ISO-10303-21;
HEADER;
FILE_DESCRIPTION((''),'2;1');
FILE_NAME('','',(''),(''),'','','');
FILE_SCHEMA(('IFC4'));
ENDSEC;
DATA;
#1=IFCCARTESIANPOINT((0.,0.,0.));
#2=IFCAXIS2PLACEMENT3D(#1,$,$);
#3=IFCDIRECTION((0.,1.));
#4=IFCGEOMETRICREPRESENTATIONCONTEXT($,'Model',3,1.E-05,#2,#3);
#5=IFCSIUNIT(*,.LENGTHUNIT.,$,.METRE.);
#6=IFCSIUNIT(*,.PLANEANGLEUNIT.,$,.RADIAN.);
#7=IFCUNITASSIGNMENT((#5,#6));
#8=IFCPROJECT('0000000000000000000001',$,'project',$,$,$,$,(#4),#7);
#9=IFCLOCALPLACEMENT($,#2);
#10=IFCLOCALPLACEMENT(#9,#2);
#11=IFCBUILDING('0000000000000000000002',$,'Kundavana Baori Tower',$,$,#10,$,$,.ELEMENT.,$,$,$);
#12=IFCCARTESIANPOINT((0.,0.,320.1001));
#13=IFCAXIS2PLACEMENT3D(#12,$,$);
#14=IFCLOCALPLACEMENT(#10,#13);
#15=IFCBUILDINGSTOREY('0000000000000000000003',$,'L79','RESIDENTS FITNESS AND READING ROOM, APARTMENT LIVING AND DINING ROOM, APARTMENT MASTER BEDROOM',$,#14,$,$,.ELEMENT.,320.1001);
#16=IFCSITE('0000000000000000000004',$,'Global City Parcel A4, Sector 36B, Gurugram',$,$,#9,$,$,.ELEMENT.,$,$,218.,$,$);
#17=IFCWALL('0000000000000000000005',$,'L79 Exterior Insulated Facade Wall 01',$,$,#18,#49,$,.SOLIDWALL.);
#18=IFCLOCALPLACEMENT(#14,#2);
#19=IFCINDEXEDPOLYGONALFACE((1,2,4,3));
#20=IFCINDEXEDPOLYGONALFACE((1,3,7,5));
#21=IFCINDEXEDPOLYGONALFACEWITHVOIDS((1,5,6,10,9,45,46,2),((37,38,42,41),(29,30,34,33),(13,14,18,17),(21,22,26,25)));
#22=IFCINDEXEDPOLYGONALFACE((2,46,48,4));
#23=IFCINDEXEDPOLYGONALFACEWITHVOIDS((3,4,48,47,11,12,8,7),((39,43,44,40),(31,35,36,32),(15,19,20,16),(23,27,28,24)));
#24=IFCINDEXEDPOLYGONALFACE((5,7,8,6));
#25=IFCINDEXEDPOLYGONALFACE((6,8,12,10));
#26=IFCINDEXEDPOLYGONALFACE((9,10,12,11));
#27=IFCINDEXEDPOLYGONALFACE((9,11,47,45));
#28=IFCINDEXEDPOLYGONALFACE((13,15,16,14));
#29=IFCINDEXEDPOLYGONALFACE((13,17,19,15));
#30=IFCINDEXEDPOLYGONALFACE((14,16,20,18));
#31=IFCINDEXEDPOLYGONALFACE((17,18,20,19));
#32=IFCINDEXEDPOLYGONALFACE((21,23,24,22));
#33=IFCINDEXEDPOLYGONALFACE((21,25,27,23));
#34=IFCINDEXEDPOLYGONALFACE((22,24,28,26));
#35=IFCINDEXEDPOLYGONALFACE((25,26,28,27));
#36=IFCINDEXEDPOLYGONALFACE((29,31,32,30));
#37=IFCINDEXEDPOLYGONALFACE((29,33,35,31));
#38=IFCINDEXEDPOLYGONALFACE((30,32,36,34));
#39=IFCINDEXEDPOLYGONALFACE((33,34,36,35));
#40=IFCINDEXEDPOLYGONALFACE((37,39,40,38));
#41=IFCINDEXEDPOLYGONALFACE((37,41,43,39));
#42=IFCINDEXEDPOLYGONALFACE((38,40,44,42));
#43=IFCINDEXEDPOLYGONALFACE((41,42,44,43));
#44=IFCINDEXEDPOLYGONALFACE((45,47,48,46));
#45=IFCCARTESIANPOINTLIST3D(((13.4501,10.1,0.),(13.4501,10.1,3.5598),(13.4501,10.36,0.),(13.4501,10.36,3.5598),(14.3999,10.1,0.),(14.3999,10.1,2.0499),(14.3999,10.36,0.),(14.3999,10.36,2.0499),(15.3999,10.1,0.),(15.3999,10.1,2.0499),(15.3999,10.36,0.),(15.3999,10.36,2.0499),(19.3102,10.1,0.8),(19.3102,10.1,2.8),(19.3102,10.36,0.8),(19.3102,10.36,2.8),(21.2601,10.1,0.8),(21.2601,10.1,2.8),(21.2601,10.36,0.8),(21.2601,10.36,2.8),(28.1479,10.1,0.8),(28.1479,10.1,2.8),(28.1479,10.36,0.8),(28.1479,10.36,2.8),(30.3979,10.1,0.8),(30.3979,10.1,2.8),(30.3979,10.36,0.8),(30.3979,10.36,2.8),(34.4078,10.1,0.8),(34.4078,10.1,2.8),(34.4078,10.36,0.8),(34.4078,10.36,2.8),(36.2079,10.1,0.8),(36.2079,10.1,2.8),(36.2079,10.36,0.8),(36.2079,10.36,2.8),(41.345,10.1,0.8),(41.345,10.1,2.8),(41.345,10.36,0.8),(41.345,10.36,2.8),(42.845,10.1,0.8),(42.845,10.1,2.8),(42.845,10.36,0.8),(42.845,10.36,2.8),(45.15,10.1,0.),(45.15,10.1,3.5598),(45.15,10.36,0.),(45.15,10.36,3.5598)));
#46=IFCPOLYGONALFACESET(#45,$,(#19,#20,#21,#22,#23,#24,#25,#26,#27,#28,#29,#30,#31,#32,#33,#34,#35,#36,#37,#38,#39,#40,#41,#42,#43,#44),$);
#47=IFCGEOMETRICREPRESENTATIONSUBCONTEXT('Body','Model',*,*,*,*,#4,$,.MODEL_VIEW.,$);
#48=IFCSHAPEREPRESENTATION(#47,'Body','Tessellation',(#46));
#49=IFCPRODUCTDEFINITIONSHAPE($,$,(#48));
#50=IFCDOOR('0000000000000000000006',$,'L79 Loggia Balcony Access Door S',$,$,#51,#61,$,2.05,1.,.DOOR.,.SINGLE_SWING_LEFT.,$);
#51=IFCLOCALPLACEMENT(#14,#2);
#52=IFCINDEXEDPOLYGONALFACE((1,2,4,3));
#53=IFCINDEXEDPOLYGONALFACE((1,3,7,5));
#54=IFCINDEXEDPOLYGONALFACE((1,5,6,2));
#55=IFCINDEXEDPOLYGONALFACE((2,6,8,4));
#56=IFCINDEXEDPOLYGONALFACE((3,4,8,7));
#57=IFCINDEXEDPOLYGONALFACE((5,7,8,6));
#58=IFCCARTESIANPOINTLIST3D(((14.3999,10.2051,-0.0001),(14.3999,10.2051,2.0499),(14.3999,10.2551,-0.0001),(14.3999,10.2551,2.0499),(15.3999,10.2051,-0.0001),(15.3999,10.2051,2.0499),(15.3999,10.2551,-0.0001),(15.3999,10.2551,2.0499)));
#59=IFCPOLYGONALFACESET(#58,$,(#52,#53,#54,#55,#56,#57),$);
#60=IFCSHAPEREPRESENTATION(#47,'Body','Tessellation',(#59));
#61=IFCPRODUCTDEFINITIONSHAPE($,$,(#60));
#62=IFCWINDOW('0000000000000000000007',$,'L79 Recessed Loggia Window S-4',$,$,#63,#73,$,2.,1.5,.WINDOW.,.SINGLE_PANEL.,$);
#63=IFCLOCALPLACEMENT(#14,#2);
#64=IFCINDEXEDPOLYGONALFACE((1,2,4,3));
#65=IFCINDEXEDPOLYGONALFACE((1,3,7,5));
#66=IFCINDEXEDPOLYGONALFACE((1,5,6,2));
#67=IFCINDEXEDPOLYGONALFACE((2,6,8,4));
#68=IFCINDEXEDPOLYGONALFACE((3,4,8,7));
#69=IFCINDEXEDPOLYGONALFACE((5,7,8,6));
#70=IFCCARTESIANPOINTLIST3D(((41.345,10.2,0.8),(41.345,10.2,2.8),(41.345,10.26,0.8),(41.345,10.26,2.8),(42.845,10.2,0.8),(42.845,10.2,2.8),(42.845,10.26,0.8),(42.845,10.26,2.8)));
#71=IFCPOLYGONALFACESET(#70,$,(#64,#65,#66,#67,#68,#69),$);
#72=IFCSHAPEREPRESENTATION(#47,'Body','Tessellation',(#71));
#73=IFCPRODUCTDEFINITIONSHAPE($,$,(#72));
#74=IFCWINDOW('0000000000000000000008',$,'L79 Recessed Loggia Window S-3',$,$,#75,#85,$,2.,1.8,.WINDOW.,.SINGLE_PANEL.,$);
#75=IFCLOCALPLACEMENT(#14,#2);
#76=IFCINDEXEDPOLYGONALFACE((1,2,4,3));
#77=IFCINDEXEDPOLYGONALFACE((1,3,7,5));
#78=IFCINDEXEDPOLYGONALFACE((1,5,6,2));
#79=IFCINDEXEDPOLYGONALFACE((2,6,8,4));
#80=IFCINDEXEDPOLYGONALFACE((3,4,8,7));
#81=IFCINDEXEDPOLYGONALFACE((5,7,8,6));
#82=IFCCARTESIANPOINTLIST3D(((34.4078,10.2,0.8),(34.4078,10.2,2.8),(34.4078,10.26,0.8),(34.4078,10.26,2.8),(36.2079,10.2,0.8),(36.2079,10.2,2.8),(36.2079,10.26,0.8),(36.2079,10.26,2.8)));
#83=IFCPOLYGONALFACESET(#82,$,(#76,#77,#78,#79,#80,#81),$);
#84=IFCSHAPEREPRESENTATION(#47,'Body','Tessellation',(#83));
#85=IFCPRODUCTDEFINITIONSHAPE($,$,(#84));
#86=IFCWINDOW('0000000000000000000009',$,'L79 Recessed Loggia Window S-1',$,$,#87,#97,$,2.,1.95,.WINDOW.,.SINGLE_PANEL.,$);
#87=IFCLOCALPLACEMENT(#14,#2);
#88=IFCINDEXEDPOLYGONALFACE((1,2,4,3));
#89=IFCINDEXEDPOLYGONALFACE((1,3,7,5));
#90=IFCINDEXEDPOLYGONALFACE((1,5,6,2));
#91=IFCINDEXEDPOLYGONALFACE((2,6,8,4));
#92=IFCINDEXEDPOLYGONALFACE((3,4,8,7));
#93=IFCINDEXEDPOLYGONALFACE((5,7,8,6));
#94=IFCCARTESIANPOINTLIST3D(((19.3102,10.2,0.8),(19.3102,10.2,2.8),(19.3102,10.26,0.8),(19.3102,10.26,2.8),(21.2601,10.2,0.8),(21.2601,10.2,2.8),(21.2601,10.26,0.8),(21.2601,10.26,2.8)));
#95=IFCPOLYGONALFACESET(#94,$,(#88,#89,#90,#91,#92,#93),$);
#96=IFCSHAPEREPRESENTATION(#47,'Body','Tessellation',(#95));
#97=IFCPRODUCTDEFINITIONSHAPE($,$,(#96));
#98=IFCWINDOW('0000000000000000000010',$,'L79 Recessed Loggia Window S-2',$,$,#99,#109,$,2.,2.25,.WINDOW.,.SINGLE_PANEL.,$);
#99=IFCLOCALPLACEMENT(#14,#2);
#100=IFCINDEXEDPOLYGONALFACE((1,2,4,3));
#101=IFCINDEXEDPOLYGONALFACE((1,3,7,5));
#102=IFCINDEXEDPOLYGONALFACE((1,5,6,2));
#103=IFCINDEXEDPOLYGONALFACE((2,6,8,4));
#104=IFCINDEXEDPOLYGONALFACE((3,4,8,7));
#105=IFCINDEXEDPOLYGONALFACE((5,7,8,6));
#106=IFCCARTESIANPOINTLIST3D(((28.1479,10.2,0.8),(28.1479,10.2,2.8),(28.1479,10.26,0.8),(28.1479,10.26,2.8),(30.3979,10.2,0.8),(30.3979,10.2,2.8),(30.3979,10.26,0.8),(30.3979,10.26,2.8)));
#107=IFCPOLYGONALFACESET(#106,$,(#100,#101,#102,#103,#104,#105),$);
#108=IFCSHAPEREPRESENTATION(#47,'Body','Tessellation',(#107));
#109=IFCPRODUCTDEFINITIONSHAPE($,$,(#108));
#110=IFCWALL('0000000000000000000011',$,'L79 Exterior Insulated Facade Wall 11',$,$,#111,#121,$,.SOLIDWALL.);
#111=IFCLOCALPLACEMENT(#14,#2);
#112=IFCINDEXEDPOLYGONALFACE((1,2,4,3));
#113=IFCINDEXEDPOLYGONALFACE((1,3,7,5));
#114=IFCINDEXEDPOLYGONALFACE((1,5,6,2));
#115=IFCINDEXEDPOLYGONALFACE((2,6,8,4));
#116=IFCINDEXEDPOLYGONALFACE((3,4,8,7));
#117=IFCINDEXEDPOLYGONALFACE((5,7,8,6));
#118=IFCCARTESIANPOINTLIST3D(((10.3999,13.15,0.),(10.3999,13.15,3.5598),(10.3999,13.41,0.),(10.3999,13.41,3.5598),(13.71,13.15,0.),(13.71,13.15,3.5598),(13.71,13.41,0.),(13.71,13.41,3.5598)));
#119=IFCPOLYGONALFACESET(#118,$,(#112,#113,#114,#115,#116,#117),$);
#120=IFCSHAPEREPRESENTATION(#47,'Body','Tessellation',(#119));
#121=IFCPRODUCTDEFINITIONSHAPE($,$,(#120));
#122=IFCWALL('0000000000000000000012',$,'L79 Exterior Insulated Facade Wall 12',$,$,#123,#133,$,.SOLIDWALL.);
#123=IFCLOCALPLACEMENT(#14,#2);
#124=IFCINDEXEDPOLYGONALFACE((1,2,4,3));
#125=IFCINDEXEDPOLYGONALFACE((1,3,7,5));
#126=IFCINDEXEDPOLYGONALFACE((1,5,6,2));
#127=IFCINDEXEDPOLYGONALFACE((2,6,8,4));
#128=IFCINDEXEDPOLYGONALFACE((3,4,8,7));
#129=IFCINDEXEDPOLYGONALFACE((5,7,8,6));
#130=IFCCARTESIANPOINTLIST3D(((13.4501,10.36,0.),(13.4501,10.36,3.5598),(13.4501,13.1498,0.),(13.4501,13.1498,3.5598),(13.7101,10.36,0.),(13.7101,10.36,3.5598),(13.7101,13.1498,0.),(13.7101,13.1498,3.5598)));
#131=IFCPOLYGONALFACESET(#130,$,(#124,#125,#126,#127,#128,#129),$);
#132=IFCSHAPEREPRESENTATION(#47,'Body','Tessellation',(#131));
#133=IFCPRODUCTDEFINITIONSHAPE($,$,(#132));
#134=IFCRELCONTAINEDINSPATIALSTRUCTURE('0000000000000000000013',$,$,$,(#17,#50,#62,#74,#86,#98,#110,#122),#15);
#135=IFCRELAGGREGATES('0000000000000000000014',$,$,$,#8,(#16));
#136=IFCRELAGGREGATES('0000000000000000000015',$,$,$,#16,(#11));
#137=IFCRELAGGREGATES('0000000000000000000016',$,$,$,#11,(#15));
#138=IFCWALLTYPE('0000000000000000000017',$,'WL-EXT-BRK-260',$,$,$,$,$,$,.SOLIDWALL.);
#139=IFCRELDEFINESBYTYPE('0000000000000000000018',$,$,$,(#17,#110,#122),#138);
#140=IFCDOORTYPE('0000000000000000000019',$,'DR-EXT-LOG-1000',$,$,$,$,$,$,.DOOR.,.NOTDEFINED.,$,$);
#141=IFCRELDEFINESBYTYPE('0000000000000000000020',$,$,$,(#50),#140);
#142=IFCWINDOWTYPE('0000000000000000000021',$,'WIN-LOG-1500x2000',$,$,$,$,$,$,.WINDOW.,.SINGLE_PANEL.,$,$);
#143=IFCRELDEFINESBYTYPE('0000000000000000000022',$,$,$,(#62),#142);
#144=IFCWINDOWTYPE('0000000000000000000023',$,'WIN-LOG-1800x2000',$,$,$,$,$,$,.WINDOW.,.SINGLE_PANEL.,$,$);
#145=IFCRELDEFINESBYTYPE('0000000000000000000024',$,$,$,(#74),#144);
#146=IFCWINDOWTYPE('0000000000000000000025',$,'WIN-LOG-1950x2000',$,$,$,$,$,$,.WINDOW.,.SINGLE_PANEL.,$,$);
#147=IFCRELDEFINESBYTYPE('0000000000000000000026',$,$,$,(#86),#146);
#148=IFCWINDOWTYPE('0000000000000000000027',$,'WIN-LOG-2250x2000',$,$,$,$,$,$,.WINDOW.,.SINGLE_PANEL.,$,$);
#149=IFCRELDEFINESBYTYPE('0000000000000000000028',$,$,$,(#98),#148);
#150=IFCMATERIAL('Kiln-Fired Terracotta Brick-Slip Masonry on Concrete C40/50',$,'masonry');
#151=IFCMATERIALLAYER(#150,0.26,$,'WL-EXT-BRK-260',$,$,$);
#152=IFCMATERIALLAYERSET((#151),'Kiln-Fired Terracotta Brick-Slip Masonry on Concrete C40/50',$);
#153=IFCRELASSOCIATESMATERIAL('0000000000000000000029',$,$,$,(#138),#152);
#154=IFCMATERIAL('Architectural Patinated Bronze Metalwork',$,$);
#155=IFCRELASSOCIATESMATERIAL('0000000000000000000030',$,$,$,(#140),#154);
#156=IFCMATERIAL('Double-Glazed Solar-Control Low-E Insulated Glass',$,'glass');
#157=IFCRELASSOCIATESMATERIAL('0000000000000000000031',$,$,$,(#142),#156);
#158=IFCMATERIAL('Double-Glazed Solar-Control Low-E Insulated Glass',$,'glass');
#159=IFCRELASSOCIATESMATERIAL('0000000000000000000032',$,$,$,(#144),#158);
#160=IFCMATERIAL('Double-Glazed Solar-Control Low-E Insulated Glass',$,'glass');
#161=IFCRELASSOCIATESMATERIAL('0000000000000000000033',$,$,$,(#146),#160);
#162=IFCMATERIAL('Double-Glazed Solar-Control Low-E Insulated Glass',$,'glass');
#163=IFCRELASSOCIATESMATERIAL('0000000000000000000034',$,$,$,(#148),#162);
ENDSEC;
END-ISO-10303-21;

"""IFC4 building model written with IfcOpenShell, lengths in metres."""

from ifc_helpers import new_model, si_unit, direction, frame, frame_2d, origin, place, context, subcontext, project, spatial, rectangle, extrude, material, layer, layer_set, type_object, element, fill, save


model = new_model("IFC4")

# Units and contexts
model_context = context("Model", 3, precision=1e-05, world=origin(), true_north=direction((0.0, 1.0)))
body_context = subcontext(model_context, "Body", "Model", "MODEL_VIEW")
ifc_project = project(units=[si_unit("LENGTHUNIT", "METRE"), si_unit("PLANEANGLEUNIT", "RADIAN")], contexts=[model_context])

# Site, building, storey
site_placement = place(None, origin())
site = spatial("IfcSite", under=ifc_project, at=site_placement, Name="Global City Parcel A4, Sector 36B, Gurugram", CompositionType="ELEMENT", RefElevation=218.0)
building_placement = place(site_placement, origin())
building = spatial("IfcBuilding", under=site, at=building_placement, Name="Kundavana Baori Tower", CompositionType="ELEMENT")
storey_placement = place(building_placement, frame((0.0, 0.0, 320.1001)))
storey = spatial("IfcBuildingStorey", under=building, at=storey_placement, Name="L79", Description="RESIDENTS FITNESS AND READING ROOM, APARTMENT LIVING AND DINING ROOM, APARTMENT MASTER BEDROOM", CompositionType="ELEMENT", Elevation=320.1001)

# Wall, openings, door, windows
ifc_material_1 = material(Name="Kiln-Fired Terracotta Brick-Slip Masonry on Concrete C40/50", Category="masonry")
ifc_layer_1 = layer(ifc_material_1, 0.26, Name="WL-EXT-BRK-260")
ifc_layer_set_1 = layer_set([ifc_layer_1], Name="Kiln-Fired Terracotta Brick-Slip Masonry on Concrete C40/50")
wall_type_1 = type_object("IfcWallType", Name="WL-EXT-BRK-260", PredefinedType="SOLIDWALL", material=ifc_layer_set_1)
wall_1_placement = place(storey_placement, frame((13.45, 10.23, 0.0), z_axis=(0.0, 0.0, 1.0), x_axis=(1.0, 0.0, 0.0)))
wall_1 = element("IfcWall", 1, at=wall_1_placement, inside=storey, type_object=wall_type_1, Name="L79 Exterior Insulated Facade Wall 01", PredefinedType="SOLIDWALL", context=body_context, shape_type="SweptSolid", body=[
    extrude(rectangle(XDim=31.7, YDim=0.26, at=frame_2d((15.8501, 0.0))), origin(), (0.0, 0.0, 1.0), 3.5598),
])
opening_1_placement = place(wall_1_placement, frame((0.95, 0.0, 0.0)))
opening_1 = element("IfcOpeningElement", 2, at=opening_1_placement, cuts=wall_1, PredefinedType="OPENING", context=body_context, shape_type="SweptSolid", body=[
    extrude(rectangle(XDim=1.0, YDim=2.05, at=frame_2d((0.5, 1.0249))), frame((0.0, 0.1401, 0.0), z_axis=(0.0, -1.0, 0.0), x_axis=(1.0, 0.0, 0.0)), (0.0, 0.0, 1.0), 0.28),
])
opening_2_placement = place(wall_1_placement, frame((5.8601, 0.0, 0.8)))
opening_2 = element("IfcOpeningElement", 3, at=opening_2_placement, cuts=wall_1, PredefinedType="OPENING", context=body_context, shape_type="SweptSolid", body=[
    extrude(rectangle(XDim=1.95, YDim=2.0, at=frame_2d((0.9751, 1.0))), frame((0.0, 0.1401, 0.0), z_axis=(0.0, -1.0, 0.0), x_axis=(1.0, 0.0, 0.0)), (0.0, 0.0, 1.0), 0.28),
])
opening_3_placement = place(wall_1_placement, frame((14.698, 0.0, 0.8)))
opening_3 = element("IfcOpeningElement", 4, at=opening_3_placement, cuts=wall_1, PredefinedType="OPENING", context=body_context, shape_type="SweptSolid", body=[
    extrude(rectangle(XDim=2.25, YDim=2.0, at=frame_2d((1.125, 1.0))), frame((0.0, 0.1401, 0.0), z_axis=(0.0, -1.0, 0.0), x_axis=(1.0, 0.0, 0.0)), (0.0, 0.0, 1.0), 0.28),
])
opening_4_placement = place(wall_1_placement, frame((20.958, 0.0, 0.8)))
opening_4 = element("IfcOpeningElement", 5, at=opening_4_placement, cuts=wall_1, PredefinedType="OPENING", context=body_context, shape_type="SweptSolid", body=[
    extrude(rectangle(XDim=1.8, YDim=2.0, at=frame_2d((0.8999, 1.0))), frame((0.0, 0.1401, 0.0), z_axis=(0.0, -1.0, 0.0), x_axis=(1.0, 0.0, 0.0)), (0.0, 0.0, 1.0), 0.28),
])
opening_5_placement = place(wall_1_placement, frame((27.895, 0.0, 0.8)))
opening_5 = element("IfcOpeningElement", 6, at=opening_5_placement, cuts=wall_1, PredefinedType="OPENING", context=body_context, shape_type="SweptSolid", body=[
    extrude(rectangle(XDim=1.5, YDim=2.0, at=frame_2d((0.75, 1.0))), frame((0.0, 0.1401, 0.0), z_axis=(0.0, -1.0, 0.0), x_axis=(1.0, 0.0, 0.0)), (0.0, 0.0, 1.0), 0.28),
])
ifc_material_2 = material(Name="Architectural Patinated Bronze Metalwork")
door_type_1 = type_object("IfcDoorType", Name="DR-EXT-LOG-1000", OperationType="NOTDEFINED", PredefinedType="DOOR", material=ifc_material_2)
door_1_placement = place(opening_1_placement, frame((1.0, 0.0, 0.0), z_axis=(0.0, 0.0, 1.0), x_axis=(-1.0, 0.0, 0.0)))
door_1 = element("IfcDoor", 7, at=door_1_placement, inside=storey, type_object=door_type_1, Name="L79 Loggia Balcony Access Door S", OperationType="SINGLE_SWING_LEFT", OverallHeight=2.05, OverallWidth=1.0, PredefinedType="DOOR", context=body_context, shape_type="SweptSolid", body=[
    extrude(rectangle(XDim=1.0, YDim=2.05, at=frame_2d((0.5, 1.0249))), frame((0.0, 0.0249, 0.0), z_axis=(0.0, -1.0, 0.0), x_axis=(1.0, 0.0, 0.0)), (0.0, 0.0, 1.0), 0.05),
])
fill(opening_1, door_1)
ifc_material_3 = material(Name="Double-Glazed Solar-Control Low-E Insulated Glass", Category="glass")
window_type_1 = type_object("IfcWindowType", Name="WIN-LOG-1500x2000", PartitioningType="SINGLE_PANEL", PredefinedType="WINDOW", material=ifc_material_3)
window_1_placement = place(opening_5_placement, origin())
window_1 = element("IfcWindow", 8, at=window_1_placement, inside=storey, type_object=window_type_1, Name="L79 Recessed Loggia Window S-4", OverallHeight=2.0, OverallWidth=1.5, PartitioningType="SINGLE_PANEL", PredefinedType="WINDOW", context=body_context, shape_type="SweptSolid", body=[
    extrude(rectangle(XDim=1.5, YDim=2.0, at=frame_2d((0.75, 1.0))), frame((0.0, 0.03, 0.0), z_axis=(0.0, -1.0, 0.0), x_axis=(1.0, 0.0, 0.0)), (0.0, 0.0, 1.0), 0.0601),
])
fill(opening_5, window_1)
ifc_material_4 = material(Name="Double-Glazed Solar-Control Low-E Insulated Glass", Category="glass")
window_type_2 = type_object("IfcWindowType", Name="WIN-LOG-1800x2000", PartitioningType="SINGLE_PANEL", PredefinedType="WINDOW", material=ifc_material_4)
window_2_placement = place(opening_4_placement, origin())
window_2 = element("IfcWindow", 9, at=window_2_placement, inside=storey, type_object=window_type_2, Name="L79 Recessed Loggia Window S-3", OverallHeight=2.0, OverallWidth=1.8, PartitioningType="SINGLE_PANEL", PredefinedType="WINDOW", context=body_context, shape_type="SweptSolid", body=[
    extrude(rectangle(XDim=1.8, YDim=2.0, at=frame_2d((0.8999, 1.0))), frame((0.0, 0.03, 0.0), z_axis=(0.0, -1.0, 0.0), x_axis=(1.0, 0.0, 0.0)), (0.0, 0.0, 1.0), 0.0601),
])
fill(opening_4, window_2)
ifc_material_5 = material(Name="Double-Glazed Solar-Control Low-E Insulated Glass", Category="glass")
window_type_3 = type_object("IfcWindowType", Name="WIN-LOG-1950x2000", PartitioningType="SINGLE_PANEL", PredefinedType="WINDOW", material=ifc_material_5)
window_3_placement = place(opening_2_placement, origin())
window_3 = element("IfcWindow", 10, at=window_3_placement, inside=storey, type_object=window_type_3, Name="L79 Recessed Loggia Window S-1", OverallHeight=2.0, OverallWidth=1.95, PartitioningType="SINGLE_PANEL", PredefinedType="WINDOW", context=body_context, shape_type="SweptSolid", body=[
    extrude(rectangle(XDim=1.95, YDim=2.0, at=frame_2d((0.9751, 1.0))), frame((0.0, 0.03, 0.0), z_axis=(0.0, -1.0, 0.0), x_axis=(1.0, 0.0, 0.0)), (0.0, 0.0, 1.0), 0.0601),
])
fill(opening_2, window_3)
ifc_material_6 = material(Name="Double-Glazed Solar-Control Low-E Insulated Glass", Category="glass")
window_type_4 = type_object("IfcWindowType", Name="WIN-LOG-2250x2000", PartitioningType="SINGLE_PANEL", PredefinedType="WINDOW", material=ifc_material_6)
window_4_placement = place(opening_3_placement, origin())
window_4 = element("IfcWindow", 11, at=window_4_placement, inside=storey, type_object=window_type_4, Name="L79 Recessed Loggia Window S-2", OverallHeight=2.0, OverallWidth=2.25, PartitioningType="SINGLE_PANEL", PredefinedType="WINDOW", context=body_context, shape_type="SweptSolid", body=[
    extrude(rectangle(XDim=2.25, YDim=2.0, at=frame_2d((1.125, 1.0))), frame((0.0, 0.03, 0.0), z_axis=(0.0, -1.0, 0.0), x_axis=(1.0, 0.0, 0.0)), (0.0, 0.0, 1.0), 0.0601),
])
fill(opening_3, window_4)

# Walls
wall_2_placement = place(storey_placement, frame((10.3999, 13.28, 0.0), z_axis=(0.0, 0.0, 1.0), x_axis=(1.0, 0.0, 0.0)))
element("IfcWall", 12, at=wall_2_placement, inside=storey, type_object=wall_type_1, Name="L79 Exterior Insulated Facade Wall 11", PredefinedType="SOLIDWALL", context=body_context, shape_type="SweptSolid", body=[
    extrude(rectangle(XDim=3.3101, YDim=0.26, at=frame_2d((1.655, 0.0))), origin(), (0.0, 0.0, 1.0), 3.5598),
])
wall_3_placement = place(storey_placement, frame((13.5801, 13.1499, 0.0), z_axis=(0.0, 0.0, 1.0), x_axis=(0.0, -1.0, 0.0)))
element("IfcWall", 13, at=wall_3_placement, inside=storey, type_object=wall_type_1, Name="L79 Exterior Insulated Facade Wall 12", PredefinedType="SOLIDWALL", context=body_context, shape_type="SweptSolid", body=[
    extrude(rectangle(XDim=2.7898, YDim=0.26, at=frame_2d((1.395, 0.0))), origin(), (0.0, 0.0, 1.0), 3.5598),
])

save(model, "model.ifc")
